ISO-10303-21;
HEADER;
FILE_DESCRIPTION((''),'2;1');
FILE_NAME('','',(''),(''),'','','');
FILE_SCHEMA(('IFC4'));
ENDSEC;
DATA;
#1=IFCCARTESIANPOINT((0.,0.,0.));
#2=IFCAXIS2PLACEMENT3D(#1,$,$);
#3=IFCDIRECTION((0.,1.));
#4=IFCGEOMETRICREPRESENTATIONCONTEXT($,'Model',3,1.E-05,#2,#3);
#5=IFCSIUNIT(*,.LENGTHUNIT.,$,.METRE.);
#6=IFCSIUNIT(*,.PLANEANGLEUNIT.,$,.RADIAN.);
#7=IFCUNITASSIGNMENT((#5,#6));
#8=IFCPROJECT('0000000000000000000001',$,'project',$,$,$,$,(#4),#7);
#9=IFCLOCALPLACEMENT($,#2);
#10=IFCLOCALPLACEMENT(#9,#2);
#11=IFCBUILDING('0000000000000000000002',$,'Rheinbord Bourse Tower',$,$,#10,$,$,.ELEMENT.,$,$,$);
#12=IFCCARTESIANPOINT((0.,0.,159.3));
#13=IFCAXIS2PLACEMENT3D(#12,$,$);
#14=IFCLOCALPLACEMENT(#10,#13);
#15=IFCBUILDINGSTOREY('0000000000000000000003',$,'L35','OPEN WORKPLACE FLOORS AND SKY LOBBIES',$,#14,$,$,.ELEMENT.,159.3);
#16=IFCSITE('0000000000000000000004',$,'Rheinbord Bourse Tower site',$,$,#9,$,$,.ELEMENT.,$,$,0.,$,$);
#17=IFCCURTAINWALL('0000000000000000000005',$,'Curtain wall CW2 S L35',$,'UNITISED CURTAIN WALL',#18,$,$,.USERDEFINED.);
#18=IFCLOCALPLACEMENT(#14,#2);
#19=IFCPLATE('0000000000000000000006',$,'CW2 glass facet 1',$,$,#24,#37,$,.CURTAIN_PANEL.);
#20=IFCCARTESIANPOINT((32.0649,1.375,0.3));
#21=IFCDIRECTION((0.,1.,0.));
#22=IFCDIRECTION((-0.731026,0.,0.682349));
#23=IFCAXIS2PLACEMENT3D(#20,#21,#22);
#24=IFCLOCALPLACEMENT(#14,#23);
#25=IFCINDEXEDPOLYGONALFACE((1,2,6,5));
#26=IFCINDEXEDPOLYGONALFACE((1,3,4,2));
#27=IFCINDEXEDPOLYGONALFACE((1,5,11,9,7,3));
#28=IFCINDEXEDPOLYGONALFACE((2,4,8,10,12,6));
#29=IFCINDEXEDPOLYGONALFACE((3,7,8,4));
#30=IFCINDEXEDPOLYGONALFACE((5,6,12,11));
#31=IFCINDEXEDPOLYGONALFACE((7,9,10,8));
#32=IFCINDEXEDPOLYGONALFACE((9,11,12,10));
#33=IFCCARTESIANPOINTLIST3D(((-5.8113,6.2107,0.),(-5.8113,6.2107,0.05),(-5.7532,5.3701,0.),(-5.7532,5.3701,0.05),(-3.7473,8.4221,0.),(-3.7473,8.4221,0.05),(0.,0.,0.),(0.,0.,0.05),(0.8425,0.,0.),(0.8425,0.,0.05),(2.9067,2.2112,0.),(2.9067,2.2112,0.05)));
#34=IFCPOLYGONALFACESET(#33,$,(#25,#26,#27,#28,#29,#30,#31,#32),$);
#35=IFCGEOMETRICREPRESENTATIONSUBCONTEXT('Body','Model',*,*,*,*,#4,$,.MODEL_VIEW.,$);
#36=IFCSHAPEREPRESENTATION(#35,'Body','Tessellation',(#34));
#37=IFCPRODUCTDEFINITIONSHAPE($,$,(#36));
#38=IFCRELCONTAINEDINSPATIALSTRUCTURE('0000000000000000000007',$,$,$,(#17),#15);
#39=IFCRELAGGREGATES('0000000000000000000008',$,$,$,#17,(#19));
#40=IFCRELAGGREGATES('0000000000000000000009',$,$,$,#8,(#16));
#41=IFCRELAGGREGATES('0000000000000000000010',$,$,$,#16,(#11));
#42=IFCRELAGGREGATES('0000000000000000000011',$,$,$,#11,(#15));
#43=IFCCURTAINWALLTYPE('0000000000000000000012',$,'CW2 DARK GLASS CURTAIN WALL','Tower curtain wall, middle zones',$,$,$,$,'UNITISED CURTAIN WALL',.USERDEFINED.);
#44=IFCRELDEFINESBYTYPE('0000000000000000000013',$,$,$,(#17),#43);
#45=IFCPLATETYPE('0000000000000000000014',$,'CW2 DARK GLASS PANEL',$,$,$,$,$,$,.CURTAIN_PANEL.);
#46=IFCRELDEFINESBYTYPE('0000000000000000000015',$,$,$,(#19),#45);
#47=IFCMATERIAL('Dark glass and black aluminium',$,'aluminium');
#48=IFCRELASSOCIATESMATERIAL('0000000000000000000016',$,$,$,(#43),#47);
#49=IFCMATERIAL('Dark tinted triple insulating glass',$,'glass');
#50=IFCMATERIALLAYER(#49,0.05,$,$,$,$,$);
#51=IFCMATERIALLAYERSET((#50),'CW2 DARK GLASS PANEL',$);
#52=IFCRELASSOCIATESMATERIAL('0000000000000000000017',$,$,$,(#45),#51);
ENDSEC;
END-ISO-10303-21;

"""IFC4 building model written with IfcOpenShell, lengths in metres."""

from ifc_helpers import new_model, si_unit, direction, frame, origin, place, context, subcontext, project, spatial, polyline, outline, extrude, material, layer, layer_set, type_object, element, aggregate, save


model = new_model("IFC4")

# Units and contexts
model_context = context("Model", 3, precision=1e-05, world=origin(), true_north=direction((0.0, 1.0)))
body_context = subcontext(model_context, "Body", "Model", "MODEL_VIEW")
ifc_project = project(units=[si_unit("LENGTHUNIT", "METRE"), si_unit("PLANEANGLEUNIT", "RADIAN")], contexts=[model_context])

# Site, building, storey
site_placement = place(None, origin())
site = spatial("IfcSite", under=ifc_project, at=site_placement, Name="Rheinbord Bourse Tower site", CompositionType="ELEMENT", RefElevation=0.0)
building_placement = place(site_placement, origin())
building = spatial("IfcBuilding", under=site, at=building_placement, Name="Rheinbord Bourse Tower", CompositionType="ELEMENT")
storey_placement = place(building_placement, frame((0.0, 0.0, 159.3)))
storey = spatial("IfcBuildingStorey", under=building, at=storey_placement, Name="L35", Description="OPEN WORKPLACE FLOORS AND SKY LOBBIES", CompositionType="ELEMENT", Elevation=159.3)

# Curtain wall
ifc_material_1 = material(Name="Dark glass and black aluminium", Category="aluminium")
curtain_wall_type = type_object("IfcCurtainWallType", Name="CW2 DARK GLASS CURTAIN WALL", Description="Tower curtain wall, middle zones", ElementType="UNITISED CURTAIN WALL", PredefinedType="USERDEFINED", material=ifc_material_1)
curtain_wall_placement = place(storey_placement, origin())
curtain_wall = element("IfcCurtainWall", 1, at=curtain_wall_placement, inside=storey, type_object=curtain_wall_type, Name="Curtain wall CW2 S L35", ObjectType="UNITISED CURTAIN WALL", PredefinedType="USERDEFINED")

# Plate
ifc_material_2 = material(Name="Dark tinted triple insulating glass", Category="glass")
ifc_layer = layer(ifc_material_2, 0.05)
ifc_layer_set = layer_set([ifc_layer], Name="CW2 DARK GLASS PANEL")
plate_type = type_object("IfcPlateType", Name="CW2 DARK GLASS PANEL", PredefinedType="CURTAIN_PANEL", material=ifc_layer_set)
plate_1_placement = place(storey_placement, frame((32.0649, 1.375, 0.3), z_axis=(0.0, 1.0, 0.0), x_axis=(-0.731026, 0.0, 0.682349)))
plate_1 = element("IfcPlate", 2, at=plate_1_placement, type_object=plate_type, Name="CW2 glass facet 1", PredefinedType="CURTAIN_PANEL", context=body_context, shape_type="SweptSolid", body=[
    extrude(outline(polyline([(0.0, 0.0), (0.8425, 0.0), (2.9067, 2.2112), (-3.7473, 8.4221), (-5.8113, 6.2107), (-5.7532, 5.3701), (0.0, 0.0)])), origin(), (0.0, 0.0, 1.0), 0.05),
])
aggregate(curtain_wall, [plate_1])

save(model, "model.ifc")
